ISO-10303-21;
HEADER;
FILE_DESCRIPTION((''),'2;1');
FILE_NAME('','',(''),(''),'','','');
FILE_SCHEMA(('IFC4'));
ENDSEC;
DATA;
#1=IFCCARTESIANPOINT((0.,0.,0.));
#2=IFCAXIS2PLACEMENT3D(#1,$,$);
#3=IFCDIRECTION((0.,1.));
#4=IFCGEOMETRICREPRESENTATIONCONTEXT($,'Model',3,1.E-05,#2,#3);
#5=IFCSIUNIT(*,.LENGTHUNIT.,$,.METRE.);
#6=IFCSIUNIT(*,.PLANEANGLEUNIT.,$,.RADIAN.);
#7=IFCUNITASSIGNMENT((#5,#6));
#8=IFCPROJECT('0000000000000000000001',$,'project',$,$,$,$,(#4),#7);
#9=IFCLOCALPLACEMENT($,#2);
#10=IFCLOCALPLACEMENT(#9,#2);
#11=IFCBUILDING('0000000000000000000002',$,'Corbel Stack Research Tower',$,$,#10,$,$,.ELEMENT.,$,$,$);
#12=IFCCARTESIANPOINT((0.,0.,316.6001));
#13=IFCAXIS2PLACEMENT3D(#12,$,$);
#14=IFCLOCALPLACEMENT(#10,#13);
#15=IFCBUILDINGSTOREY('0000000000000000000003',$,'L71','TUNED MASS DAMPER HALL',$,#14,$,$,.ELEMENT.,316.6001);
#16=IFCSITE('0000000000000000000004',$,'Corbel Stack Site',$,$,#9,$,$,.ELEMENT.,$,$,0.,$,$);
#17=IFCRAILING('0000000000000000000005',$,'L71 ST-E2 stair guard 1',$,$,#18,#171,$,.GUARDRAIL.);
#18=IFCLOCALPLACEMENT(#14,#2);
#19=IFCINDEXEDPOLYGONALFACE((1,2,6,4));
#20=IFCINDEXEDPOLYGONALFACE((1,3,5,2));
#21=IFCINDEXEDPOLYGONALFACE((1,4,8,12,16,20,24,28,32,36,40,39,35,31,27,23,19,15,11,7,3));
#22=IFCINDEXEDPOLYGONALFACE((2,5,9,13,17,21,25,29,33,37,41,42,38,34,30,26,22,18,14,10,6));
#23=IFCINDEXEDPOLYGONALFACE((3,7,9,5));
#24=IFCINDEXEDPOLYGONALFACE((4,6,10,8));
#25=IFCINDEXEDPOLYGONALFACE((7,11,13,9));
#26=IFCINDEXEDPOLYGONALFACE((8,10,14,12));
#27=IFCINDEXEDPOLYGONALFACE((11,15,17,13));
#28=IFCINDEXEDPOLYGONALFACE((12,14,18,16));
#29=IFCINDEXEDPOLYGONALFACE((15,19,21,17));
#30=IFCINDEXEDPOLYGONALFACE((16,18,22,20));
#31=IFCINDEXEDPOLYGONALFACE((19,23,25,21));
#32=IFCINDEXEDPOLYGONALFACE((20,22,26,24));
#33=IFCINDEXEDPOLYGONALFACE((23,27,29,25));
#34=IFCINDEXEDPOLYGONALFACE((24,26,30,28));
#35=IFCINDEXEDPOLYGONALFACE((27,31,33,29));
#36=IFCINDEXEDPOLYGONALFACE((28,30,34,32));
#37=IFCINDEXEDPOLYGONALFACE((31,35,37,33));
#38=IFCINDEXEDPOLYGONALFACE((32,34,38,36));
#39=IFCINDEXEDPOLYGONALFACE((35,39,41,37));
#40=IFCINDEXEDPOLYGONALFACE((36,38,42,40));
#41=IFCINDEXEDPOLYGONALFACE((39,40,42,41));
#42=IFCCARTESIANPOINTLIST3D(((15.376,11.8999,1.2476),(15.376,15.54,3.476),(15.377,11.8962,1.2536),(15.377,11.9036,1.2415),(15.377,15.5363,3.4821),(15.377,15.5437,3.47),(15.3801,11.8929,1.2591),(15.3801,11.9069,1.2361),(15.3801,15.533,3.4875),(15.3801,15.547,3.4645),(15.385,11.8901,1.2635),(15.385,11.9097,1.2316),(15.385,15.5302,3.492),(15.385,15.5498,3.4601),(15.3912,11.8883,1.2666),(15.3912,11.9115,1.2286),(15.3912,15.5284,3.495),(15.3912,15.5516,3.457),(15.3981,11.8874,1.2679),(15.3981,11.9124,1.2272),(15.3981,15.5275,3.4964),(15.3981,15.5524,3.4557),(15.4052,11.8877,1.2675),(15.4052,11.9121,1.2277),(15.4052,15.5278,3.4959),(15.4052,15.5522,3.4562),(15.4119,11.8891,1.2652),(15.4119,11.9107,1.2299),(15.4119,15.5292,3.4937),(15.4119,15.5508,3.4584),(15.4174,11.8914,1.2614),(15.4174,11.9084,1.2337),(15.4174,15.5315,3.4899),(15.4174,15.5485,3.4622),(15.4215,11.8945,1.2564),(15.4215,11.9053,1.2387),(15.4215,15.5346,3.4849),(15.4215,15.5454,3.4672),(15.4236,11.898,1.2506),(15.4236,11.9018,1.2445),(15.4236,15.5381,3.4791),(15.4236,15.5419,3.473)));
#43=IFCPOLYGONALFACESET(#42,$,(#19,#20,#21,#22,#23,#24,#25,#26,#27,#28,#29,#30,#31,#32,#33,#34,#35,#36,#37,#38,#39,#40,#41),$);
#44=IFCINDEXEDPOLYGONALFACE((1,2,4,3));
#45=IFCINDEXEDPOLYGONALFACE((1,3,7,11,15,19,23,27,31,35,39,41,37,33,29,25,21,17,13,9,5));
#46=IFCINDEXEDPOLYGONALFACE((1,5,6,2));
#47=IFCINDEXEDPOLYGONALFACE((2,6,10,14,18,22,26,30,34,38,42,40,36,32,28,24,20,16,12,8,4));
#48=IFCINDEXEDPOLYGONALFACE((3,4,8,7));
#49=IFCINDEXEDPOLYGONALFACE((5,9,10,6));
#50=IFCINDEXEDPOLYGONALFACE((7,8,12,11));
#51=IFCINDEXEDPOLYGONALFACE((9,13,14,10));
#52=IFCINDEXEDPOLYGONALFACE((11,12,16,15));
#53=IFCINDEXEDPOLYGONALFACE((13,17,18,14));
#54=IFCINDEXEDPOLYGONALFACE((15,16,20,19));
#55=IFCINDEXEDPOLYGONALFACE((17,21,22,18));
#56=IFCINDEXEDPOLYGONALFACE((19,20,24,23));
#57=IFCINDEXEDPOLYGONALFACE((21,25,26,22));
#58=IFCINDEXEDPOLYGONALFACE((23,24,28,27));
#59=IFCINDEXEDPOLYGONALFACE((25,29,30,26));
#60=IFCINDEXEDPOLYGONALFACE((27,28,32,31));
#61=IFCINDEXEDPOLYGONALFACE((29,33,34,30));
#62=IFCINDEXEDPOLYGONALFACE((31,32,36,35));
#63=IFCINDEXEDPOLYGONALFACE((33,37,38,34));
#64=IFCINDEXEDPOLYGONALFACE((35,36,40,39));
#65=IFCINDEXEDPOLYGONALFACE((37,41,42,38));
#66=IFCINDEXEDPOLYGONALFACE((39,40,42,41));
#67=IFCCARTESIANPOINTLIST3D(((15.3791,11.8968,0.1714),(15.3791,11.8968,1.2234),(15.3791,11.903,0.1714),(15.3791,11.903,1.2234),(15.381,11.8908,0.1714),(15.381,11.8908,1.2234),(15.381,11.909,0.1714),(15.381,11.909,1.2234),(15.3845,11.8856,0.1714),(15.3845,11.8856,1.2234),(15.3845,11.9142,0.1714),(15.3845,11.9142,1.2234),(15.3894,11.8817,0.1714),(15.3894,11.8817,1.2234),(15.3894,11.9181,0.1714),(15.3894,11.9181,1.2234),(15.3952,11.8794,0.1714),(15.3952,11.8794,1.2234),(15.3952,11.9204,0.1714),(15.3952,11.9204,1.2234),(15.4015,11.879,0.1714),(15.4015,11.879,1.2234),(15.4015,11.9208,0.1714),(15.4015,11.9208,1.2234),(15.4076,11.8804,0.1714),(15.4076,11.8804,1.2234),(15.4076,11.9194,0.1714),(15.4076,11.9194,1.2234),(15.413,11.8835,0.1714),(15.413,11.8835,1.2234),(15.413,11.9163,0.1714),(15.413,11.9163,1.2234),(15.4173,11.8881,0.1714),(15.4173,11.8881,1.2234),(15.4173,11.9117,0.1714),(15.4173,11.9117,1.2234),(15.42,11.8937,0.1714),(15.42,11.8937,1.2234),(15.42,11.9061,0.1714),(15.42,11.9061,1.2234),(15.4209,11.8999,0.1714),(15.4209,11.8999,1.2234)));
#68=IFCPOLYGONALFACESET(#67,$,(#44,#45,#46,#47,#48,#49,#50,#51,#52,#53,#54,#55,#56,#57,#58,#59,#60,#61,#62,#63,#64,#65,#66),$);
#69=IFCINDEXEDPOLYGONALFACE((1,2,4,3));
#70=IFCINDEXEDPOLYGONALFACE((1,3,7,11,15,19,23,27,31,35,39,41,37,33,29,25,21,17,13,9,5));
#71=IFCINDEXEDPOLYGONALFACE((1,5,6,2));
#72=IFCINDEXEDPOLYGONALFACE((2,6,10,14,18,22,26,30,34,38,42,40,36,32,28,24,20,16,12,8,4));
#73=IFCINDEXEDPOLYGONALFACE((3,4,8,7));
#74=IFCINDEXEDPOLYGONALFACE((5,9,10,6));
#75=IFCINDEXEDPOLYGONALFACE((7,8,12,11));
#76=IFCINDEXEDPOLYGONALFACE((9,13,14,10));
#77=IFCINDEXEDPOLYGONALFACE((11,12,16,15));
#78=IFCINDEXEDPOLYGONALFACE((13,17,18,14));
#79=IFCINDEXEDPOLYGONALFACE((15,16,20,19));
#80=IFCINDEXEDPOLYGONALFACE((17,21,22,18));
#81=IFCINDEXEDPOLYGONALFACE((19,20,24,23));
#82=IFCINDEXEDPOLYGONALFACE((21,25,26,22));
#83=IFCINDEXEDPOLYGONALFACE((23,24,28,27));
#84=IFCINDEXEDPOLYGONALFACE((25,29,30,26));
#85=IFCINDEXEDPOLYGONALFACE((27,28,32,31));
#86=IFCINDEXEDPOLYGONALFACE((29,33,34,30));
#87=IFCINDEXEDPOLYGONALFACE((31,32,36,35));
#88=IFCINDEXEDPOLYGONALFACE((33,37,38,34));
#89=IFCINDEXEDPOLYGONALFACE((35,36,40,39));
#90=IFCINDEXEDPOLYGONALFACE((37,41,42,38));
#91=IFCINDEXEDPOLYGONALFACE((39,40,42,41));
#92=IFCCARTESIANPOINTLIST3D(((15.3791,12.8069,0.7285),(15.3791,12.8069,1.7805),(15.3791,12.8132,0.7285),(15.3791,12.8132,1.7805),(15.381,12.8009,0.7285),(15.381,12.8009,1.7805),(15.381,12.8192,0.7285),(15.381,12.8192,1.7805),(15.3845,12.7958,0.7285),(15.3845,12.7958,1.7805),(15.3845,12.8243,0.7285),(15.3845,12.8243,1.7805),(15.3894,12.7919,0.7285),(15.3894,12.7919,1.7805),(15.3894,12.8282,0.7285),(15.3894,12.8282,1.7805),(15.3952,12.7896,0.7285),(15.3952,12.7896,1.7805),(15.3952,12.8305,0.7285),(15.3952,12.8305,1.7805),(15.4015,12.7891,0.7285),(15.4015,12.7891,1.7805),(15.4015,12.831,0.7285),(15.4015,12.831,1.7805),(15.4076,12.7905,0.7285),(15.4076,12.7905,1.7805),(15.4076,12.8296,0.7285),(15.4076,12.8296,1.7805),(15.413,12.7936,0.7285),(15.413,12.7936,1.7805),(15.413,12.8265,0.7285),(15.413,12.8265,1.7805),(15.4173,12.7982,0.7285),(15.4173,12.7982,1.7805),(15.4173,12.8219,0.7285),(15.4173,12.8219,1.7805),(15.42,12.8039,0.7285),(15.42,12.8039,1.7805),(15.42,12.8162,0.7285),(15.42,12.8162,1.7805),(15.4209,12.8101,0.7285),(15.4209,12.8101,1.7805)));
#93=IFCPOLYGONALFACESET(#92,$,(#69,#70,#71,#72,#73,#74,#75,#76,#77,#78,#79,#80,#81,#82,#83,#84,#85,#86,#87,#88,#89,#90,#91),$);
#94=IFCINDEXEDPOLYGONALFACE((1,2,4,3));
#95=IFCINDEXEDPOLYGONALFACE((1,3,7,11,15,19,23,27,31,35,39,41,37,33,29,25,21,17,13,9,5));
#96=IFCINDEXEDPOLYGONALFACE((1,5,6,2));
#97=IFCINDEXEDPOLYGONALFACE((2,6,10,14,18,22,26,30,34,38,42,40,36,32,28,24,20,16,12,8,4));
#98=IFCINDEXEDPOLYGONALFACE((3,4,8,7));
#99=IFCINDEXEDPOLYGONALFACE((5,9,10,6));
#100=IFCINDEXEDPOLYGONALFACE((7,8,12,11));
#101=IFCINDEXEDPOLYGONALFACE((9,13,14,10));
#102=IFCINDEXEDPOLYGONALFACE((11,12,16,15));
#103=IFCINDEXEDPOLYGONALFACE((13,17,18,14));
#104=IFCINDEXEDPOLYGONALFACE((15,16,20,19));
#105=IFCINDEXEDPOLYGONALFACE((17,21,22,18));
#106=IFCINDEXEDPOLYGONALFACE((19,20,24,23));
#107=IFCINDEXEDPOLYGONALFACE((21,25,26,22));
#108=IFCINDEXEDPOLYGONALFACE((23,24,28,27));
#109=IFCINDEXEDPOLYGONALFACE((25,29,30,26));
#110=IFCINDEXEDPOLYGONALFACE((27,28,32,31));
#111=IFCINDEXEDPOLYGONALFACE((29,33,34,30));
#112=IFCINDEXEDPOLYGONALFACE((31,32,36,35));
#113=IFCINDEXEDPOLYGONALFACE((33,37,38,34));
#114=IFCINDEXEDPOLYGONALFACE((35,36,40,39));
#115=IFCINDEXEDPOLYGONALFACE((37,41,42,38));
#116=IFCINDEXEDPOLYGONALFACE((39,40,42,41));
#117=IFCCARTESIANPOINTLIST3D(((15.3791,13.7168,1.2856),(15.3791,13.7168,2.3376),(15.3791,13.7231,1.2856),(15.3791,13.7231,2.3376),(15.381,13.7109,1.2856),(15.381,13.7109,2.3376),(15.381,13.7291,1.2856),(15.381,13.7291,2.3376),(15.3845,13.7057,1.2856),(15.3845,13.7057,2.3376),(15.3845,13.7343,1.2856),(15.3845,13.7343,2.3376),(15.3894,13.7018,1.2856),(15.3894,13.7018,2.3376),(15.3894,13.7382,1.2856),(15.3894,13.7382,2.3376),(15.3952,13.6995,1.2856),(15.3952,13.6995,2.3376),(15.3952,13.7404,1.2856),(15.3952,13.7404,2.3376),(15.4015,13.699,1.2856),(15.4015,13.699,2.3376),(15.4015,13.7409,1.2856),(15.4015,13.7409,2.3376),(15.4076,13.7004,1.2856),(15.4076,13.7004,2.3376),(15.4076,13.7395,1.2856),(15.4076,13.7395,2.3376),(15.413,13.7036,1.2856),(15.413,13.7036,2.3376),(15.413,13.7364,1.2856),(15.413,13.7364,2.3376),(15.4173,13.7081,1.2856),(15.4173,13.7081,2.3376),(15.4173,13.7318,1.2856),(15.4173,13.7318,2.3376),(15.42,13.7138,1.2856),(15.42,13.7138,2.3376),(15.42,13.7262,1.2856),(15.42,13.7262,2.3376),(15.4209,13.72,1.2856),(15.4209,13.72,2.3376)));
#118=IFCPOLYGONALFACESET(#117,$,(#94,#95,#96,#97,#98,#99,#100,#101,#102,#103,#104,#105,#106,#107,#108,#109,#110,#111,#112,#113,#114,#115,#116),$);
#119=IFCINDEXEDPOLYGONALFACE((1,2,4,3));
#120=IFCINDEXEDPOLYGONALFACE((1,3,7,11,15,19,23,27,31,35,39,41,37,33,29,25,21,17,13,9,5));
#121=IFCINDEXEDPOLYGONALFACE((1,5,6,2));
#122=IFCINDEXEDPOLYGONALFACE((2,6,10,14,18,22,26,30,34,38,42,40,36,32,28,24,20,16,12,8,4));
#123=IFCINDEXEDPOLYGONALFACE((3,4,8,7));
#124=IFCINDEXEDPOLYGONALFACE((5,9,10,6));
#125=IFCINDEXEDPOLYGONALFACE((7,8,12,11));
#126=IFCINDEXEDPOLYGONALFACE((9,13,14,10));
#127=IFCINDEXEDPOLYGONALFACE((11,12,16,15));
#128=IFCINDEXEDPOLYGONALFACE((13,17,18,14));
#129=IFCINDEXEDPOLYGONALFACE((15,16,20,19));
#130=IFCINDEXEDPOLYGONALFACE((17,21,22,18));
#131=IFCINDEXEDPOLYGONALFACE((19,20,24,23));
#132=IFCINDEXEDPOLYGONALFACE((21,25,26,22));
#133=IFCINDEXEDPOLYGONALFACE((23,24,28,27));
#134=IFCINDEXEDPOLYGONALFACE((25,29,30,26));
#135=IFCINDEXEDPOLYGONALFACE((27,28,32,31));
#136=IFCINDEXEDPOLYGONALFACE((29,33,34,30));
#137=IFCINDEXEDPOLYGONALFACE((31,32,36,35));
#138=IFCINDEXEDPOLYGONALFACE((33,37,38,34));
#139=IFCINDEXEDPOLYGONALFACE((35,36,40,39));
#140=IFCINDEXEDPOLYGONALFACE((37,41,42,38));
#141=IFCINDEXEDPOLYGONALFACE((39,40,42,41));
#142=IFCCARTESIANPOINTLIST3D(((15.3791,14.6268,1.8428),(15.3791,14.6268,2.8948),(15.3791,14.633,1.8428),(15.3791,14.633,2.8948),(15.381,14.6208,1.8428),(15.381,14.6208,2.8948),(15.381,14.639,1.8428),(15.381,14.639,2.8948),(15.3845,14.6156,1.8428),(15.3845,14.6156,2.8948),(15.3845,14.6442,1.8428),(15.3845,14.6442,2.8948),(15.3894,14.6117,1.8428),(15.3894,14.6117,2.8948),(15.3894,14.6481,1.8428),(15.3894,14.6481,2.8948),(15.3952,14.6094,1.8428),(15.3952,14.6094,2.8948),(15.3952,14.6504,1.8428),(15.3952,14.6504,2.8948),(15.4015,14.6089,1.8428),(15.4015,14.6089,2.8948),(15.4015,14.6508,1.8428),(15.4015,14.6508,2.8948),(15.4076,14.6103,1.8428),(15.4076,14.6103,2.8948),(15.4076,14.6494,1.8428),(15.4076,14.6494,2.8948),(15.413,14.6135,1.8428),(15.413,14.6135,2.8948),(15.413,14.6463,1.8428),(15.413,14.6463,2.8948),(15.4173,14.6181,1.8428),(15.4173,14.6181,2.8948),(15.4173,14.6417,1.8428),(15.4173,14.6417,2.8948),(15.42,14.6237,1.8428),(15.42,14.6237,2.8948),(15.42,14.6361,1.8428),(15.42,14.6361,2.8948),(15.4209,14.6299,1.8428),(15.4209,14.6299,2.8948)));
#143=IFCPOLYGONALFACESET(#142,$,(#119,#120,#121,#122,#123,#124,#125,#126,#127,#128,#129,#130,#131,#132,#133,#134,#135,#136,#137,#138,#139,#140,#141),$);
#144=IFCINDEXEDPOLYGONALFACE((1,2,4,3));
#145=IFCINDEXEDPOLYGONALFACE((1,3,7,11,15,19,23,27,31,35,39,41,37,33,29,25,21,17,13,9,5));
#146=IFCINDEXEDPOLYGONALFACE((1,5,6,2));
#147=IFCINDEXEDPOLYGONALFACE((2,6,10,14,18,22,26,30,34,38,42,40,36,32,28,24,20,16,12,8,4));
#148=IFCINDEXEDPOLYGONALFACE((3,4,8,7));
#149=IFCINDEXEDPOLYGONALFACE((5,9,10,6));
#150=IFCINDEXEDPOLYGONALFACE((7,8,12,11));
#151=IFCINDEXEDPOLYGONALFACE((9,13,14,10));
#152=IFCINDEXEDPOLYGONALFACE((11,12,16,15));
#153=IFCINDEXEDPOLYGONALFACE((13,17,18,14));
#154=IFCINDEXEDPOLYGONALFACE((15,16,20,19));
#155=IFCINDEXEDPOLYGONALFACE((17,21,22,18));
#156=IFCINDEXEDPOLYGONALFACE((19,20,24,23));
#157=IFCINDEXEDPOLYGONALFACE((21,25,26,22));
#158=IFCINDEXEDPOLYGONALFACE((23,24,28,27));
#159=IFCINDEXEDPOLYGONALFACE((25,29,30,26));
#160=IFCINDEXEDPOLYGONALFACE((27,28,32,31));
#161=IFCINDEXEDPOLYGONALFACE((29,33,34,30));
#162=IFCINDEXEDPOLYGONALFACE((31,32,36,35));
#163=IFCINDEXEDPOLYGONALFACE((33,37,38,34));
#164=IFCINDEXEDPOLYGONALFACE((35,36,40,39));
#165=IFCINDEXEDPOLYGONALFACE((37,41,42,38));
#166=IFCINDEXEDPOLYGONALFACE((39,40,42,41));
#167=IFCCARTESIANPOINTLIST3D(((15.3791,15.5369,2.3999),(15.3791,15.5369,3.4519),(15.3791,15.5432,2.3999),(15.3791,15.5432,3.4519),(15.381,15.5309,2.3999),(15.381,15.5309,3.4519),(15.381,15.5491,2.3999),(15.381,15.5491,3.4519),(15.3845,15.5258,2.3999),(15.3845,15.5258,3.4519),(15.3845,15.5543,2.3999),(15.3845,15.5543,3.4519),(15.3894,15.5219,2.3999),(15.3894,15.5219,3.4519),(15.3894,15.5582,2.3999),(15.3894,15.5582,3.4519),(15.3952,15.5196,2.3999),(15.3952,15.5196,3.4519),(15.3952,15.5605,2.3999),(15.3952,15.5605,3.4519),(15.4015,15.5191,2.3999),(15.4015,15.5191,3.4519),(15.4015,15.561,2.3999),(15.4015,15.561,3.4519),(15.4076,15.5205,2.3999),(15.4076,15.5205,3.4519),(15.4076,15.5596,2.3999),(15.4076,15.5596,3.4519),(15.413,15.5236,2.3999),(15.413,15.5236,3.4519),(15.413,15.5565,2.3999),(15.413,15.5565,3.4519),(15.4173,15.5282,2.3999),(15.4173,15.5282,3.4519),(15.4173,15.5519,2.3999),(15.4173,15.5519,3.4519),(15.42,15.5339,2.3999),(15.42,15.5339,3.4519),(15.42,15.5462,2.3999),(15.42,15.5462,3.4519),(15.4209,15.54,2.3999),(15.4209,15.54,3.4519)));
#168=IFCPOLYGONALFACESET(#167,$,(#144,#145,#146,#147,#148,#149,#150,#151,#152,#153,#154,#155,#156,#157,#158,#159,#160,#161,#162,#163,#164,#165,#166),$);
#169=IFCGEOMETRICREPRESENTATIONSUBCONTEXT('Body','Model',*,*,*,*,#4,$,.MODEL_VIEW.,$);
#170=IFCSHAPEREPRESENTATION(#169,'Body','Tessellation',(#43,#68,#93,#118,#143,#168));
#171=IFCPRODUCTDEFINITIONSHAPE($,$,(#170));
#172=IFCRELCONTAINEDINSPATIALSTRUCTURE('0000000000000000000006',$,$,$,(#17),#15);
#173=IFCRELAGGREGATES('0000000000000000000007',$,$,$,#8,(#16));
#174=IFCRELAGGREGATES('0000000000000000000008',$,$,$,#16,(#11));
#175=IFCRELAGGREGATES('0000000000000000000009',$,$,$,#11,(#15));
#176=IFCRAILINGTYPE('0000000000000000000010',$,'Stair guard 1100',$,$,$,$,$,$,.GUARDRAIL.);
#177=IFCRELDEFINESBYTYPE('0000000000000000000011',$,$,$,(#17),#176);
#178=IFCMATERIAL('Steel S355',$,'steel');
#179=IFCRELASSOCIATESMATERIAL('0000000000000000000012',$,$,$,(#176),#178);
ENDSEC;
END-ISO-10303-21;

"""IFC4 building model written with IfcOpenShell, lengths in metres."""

from ifc_helpers import new_model, si_unit, direction, frame, origin, origin_2d, place, context, subcontext, project, spatial, circle, extrude, material, type_object, element, save


model = new_model("IFC4")

# Units and contexts
model_context = context("Model", 3, precision=1e-05, world=origin(), true_north=direction((0.0, 1.0)))
body_context = subcontext(model_context, "Body", "Model", "MODEL_VIEW")
ifc_project = project(units=[si_unit("LENGTHUNIT", "METRE"), si_unit("PLANEANGLEUNIT", "RADIAN")], contexts=[model_context])

# Site, building, storey
site_placement = place(None, origin())
site = spatial("IfcSite", under=ifc_project, at=site_placement, Name="Corbel Stack Site", CompositionType="ELEMENT", RefElevation=0.0)
building_placement = place(site_placement, origin())
building = spatial("IfcBuilding", under=site, at=building_placement, Name="Corbel Stack Research Tower", CompositionType="ELEMENT")
storey_placement = place(building_placement, frame((0.0, 0.0, 316.6001)))
storey = spatial("IfcBuildingStorey", under=building, at=storey_placement, Name="L71", Description="TUNED MASS DAMPER HALL", CompositionType="ELEMENT", Elevation=316.6001)

# Railing
ifc_material_1 = material(Name="Steel S355", Category="steel")
railing_type_1 = type_object("IfcRailingType", Name="Stair guard 1100", PredefinedType="GUARDRAIL", material=ifc_material_1)
railing_1_placement = place(storey_placement, frame((15.3999, 11.8999, 0.1714)))
element("IfcRailing", 1, at=railing_1_placement, inside=storey, type_object=railing_type_1, Name="L71 ST-E2 stair guard 1", PredefinedType="GUARDRAIL", context=body_context, shape_type="SweptSolid", body=[
    extrude(circle(Radius=0.0239, at=origin_2d()), frame((0.0, 0.0, 1.0762), z_axis=(0.0, 0.852866, 0.52213), x_axis=(-1.0, 0.0, 0.0)), (0.0, 0.0, 1.0), 4.2681),
    extrude(circle(Radius=0.021, at=origin_2d()), origin(), (0.0, 0.0, 1.0), 1.052),
    extrude(circle(Radius=0.021, at=origin_2d()), frame((0.0, 0.9102, 0.5571)), (0.0, 0.0, 1.0), 1.052),
    extrude(circle(Radius=0.021, at=origin_2d()), frame((0.0, 1.8201, 1.1143)), (0.0, 0.0, 1.0), 1.052),
    extrude(circle(Radius=0.021, at=origin_2d()), frame((0.0, 2.73, 1.6714)), (0.0, 0.0, 1.0), 1.052),
    extrude(circle(Radius=0.021, at=origin_2d()), frame((0.0, 3.6401, 2.2285)), (0.0, 0.0, 1.0), 1.052),
])

save(model, "model.ifc")
